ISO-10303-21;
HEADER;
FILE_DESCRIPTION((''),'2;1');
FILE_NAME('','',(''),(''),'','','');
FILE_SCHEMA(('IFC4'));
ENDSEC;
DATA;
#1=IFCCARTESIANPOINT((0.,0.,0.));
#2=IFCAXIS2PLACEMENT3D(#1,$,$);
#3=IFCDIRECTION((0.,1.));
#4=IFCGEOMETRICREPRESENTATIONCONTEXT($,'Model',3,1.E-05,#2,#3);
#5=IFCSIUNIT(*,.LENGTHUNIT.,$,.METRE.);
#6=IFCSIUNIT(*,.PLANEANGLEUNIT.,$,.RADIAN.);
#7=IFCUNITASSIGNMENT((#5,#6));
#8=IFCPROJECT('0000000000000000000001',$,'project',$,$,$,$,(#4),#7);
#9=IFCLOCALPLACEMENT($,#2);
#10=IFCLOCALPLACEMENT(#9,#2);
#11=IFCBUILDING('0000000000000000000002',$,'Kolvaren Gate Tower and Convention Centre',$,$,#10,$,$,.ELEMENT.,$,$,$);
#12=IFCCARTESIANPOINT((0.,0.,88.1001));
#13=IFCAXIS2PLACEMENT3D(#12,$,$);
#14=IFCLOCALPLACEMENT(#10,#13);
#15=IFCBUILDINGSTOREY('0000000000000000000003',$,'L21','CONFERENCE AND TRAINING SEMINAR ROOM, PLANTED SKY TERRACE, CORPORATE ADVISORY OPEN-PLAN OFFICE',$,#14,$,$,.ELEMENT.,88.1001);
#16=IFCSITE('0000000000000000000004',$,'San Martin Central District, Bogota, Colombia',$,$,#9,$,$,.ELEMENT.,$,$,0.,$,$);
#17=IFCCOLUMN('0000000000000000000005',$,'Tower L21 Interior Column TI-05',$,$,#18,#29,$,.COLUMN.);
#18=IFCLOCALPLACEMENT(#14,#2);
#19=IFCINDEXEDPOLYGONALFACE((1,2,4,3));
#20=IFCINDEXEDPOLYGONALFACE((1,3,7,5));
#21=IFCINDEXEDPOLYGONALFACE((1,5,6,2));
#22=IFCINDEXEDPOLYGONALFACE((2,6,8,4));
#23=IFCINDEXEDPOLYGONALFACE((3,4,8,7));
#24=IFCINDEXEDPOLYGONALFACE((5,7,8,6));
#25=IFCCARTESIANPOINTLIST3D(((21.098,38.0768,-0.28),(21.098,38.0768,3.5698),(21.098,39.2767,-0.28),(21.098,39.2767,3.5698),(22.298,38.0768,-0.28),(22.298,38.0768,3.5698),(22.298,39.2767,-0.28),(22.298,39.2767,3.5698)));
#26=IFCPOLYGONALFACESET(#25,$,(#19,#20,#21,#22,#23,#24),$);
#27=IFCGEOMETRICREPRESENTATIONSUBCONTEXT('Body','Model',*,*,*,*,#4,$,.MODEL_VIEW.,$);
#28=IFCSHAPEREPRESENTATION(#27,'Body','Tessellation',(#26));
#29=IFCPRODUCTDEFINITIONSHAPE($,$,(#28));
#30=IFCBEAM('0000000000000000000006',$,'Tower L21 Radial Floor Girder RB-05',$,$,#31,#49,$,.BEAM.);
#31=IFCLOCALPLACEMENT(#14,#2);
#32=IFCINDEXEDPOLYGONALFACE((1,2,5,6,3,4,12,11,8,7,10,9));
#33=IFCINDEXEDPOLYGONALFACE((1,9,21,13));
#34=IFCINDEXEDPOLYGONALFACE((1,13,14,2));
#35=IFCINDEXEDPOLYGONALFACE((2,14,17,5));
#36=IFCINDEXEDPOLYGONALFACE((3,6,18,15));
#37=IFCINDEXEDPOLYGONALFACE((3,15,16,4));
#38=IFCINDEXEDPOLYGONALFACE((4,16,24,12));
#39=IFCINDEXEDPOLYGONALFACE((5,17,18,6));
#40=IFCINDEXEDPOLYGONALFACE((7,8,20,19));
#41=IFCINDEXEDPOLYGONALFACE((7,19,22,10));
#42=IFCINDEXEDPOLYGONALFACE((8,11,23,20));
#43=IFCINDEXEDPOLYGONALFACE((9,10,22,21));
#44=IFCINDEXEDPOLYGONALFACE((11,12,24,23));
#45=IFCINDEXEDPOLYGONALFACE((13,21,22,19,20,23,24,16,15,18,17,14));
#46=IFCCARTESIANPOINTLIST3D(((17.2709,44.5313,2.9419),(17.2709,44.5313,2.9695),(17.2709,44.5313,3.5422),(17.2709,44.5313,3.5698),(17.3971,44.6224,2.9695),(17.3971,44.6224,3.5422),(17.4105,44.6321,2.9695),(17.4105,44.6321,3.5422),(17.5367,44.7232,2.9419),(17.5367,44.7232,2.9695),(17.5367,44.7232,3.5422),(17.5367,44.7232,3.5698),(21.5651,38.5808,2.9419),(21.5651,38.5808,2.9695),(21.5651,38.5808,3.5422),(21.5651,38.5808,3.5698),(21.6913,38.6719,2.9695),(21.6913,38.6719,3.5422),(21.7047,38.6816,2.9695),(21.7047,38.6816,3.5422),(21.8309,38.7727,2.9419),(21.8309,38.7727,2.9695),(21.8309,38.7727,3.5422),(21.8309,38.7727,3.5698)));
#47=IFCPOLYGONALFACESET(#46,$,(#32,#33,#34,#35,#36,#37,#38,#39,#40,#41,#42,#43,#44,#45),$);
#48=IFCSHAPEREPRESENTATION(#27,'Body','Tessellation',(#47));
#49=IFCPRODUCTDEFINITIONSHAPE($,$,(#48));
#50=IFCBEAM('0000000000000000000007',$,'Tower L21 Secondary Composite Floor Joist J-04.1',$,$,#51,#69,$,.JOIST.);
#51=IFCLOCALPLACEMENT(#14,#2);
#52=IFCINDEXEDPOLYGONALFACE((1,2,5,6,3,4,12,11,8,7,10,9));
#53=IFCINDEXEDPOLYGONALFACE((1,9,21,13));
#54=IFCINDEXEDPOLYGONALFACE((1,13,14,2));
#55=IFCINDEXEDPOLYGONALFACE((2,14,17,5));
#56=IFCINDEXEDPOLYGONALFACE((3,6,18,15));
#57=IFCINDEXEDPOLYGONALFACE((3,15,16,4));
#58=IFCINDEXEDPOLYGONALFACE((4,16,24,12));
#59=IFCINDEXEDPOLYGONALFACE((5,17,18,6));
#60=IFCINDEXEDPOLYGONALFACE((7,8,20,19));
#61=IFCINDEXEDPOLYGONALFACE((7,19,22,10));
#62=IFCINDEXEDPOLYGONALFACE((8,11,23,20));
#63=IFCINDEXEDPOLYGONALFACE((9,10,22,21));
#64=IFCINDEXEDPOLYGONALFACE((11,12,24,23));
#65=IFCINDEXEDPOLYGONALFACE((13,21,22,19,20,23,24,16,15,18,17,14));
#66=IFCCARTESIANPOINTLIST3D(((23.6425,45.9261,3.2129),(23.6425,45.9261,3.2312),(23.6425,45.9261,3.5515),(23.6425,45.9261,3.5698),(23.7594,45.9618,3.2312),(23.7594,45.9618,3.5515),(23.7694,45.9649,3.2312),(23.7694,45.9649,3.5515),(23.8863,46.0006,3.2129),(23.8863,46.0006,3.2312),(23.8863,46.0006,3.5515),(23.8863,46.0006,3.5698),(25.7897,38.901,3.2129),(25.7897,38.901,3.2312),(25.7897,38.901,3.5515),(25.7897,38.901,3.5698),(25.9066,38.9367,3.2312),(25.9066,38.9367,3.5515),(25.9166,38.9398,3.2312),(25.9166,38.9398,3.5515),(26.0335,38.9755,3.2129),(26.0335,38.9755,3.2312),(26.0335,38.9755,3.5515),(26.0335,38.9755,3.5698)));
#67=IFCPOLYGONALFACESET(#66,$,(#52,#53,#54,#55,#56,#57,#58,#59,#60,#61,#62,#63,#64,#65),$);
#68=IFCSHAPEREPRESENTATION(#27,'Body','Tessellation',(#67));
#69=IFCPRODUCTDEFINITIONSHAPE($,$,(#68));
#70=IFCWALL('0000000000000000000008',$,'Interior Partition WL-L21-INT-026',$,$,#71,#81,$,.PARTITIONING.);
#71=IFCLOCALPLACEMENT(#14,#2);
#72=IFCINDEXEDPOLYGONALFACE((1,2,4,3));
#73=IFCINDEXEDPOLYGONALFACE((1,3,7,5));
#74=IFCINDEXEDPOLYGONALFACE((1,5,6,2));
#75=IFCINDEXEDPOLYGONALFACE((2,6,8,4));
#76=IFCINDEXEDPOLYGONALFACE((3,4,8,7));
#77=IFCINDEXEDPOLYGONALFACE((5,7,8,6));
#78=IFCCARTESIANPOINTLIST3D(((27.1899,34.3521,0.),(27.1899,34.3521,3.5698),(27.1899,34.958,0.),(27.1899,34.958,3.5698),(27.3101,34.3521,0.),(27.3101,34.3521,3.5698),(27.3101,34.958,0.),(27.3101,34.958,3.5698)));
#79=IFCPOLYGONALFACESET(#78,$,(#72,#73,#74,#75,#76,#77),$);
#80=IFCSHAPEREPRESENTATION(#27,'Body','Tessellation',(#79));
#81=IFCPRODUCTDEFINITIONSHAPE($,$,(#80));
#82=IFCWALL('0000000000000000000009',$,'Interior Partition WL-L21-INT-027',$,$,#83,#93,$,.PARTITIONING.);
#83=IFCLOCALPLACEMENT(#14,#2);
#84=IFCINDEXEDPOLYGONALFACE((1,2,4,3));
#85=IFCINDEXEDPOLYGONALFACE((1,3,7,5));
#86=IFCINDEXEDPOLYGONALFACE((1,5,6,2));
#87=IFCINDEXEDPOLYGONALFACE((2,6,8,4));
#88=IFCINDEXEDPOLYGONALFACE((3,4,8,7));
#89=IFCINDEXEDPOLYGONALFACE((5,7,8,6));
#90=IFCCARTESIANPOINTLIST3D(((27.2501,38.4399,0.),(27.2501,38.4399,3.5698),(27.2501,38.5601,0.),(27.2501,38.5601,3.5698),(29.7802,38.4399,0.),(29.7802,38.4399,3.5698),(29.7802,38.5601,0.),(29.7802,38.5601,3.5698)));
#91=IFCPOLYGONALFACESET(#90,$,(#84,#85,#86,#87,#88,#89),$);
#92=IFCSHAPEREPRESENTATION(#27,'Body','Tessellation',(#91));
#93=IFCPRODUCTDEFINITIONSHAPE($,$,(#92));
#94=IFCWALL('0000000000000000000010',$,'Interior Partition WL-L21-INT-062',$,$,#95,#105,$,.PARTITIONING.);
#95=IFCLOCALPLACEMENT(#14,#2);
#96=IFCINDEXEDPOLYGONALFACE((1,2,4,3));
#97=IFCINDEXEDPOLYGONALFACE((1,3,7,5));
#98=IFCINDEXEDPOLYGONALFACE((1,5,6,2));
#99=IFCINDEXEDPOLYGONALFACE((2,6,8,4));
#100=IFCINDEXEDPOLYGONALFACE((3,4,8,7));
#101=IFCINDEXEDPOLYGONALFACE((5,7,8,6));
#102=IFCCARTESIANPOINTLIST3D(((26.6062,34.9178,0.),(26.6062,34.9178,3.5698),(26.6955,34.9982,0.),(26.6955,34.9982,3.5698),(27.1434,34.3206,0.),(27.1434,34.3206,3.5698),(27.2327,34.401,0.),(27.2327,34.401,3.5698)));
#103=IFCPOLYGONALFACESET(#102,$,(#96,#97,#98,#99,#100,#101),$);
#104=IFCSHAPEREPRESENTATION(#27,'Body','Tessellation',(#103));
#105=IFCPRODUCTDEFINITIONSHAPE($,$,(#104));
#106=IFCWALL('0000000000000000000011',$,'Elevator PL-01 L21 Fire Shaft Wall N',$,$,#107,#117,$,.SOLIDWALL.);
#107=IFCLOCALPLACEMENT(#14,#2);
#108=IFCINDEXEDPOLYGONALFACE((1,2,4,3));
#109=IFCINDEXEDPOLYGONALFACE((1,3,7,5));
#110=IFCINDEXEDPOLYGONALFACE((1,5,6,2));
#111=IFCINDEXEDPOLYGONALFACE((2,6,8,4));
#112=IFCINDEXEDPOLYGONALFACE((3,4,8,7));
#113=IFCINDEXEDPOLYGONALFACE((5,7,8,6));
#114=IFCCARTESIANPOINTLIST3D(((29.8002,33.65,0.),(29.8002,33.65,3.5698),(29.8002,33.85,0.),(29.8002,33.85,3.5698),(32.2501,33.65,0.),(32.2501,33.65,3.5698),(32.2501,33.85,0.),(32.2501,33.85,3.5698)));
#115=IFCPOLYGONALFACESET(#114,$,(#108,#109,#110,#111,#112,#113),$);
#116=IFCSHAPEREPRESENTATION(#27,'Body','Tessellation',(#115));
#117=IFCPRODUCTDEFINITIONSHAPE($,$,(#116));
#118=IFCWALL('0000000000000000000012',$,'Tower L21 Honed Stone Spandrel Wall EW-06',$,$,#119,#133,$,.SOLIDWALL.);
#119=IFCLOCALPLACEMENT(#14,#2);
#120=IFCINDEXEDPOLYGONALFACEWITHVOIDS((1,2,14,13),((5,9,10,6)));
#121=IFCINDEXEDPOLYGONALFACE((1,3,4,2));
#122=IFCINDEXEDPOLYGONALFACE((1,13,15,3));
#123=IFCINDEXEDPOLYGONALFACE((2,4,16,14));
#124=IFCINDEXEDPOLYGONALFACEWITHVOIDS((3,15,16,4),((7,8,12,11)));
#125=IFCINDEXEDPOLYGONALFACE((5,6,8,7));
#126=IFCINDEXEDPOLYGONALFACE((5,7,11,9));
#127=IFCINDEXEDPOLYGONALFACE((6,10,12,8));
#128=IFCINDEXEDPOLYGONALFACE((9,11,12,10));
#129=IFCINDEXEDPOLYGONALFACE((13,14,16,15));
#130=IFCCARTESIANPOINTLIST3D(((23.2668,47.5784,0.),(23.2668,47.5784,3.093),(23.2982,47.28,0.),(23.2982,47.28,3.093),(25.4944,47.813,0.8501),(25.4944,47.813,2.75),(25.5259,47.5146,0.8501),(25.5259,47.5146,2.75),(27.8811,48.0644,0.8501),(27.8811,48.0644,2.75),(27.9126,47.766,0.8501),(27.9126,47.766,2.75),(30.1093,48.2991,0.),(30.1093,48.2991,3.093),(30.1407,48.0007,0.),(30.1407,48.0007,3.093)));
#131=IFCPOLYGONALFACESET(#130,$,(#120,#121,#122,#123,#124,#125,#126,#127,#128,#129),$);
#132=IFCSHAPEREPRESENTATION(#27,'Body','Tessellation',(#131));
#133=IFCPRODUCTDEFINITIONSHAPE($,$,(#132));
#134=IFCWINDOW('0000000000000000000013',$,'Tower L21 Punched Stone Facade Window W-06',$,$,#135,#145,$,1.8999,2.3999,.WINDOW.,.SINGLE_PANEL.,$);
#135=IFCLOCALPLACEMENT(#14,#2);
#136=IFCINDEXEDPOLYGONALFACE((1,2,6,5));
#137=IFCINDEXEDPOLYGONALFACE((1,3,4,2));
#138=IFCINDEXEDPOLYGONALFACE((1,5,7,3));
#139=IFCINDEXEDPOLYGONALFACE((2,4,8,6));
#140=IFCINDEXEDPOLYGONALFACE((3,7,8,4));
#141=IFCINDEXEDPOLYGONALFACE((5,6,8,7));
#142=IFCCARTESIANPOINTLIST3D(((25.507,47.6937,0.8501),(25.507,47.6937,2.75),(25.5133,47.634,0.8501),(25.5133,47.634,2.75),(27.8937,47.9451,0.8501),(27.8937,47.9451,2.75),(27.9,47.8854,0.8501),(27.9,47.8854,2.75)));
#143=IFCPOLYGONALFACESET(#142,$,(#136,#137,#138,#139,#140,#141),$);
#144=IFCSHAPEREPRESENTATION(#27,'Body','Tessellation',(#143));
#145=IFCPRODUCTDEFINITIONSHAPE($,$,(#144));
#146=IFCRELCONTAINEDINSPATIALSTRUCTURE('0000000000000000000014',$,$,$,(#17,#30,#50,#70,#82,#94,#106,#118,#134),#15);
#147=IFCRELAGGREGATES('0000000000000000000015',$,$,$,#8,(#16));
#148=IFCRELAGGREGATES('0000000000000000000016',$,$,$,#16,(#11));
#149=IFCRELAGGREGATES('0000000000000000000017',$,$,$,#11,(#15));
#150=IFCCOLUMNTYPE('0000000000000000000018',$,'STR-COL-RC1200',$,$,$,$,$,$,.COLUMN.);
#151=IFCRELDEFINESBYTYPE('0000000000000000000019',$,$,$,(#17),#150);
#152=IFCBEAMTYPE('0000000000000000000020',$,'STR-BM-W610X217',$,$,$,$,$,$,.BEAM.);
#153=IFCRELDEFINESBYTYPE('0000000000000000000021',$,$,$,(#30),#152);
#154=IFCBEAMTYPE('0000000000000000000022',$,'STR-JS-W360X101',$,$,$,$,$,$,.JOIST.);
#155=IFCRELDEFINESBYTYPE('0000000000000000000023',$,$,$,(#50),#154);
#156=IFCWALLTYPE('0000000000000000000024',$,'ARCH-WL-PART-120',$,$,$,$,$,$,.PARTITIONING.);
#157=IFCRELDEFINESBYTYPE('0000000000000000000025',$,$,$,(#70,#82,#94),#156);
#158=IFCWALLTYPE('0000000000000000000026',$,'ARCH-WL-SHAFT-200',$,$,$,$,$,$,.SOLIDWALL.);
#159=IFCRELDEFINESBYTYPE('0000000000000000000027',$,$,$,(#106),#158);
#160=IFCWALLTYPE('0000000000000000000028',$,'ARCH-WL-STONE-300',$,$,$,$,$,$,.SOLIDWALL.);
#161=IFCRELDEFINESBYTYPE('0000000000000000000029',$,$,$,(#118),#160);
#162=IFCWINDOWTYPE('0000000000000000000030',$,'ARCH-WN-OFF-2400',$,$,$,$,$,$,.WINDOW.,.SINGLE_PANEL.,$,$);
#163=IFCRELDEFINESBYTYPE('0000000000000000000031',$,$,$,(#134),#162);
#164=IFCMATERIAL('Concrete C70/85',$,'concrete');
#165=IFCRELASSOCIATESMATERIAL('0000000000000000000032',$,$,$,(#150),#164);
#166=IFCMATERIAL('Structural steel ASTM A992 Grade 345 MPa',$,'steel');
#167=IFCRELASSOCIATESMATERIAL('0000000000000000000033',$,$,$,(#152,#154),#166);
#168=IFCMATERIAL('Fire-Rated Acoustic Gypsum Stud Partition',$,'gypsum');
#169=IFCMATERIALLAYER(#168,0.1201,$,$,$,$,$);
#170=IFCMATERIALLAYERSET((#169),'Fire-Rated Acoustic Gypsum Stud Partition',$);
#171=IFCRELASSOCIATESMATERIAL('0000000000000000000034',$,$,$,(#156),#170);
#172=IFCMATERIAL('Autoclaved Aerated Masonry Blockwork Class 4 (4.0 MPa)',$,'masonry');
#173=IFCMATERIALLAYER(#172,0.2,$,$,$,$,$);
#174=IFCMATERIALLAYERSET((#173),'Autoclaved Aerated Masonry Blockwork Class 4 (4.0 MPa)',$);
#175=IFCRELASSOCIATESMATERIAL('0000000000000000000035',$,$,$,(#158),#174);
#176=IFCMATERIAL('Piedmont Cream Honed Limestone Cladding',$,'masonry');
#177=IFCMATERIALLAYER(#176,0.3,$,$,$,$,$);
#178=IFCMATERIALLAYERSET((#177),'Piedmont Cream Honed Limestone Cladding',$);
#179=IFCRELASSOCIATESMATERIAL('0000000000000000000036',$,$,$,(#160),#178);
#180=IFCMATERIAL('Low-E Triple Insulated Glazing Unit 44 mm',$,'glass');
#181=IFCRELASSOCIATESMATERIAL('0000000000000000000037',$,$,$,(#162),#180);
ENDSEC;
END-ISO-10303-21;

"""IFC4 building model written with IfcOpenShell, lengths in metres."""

from ifc_helpers import new_model, si_unit, direction, frame, frame_2d, origin, origin_2d, place, context, subcontext, project, spatial, rectangle, i_section, extrude, material, layer, layer_set, material_profile, profile_set, type_object, element, fill, save


model = new_model("IFC4")

# Units and contexts
model_context = context("Model", 3, precision=1e-05, world=origin(), true_north=direction((0.0, 1.0)))
body_context = subcontext(model_context, "Body", "Model", "MODEL_VIEW")
ifc_project = project(units=[si_unit("LENGTHUNIT", "METRE"), si_unit("PLANEANGLEUNIT", "RADIAN")], contexts=[model_context])

# Site, building, storey
site_placement = place(None, origin())
site = spatial("IfcSite", under=ifc_project, at=site_placement, Name="San Martin Central District, Bogota, Colombia", CompositionType="ELEMENT", RefElevation=0.0)
building_placement = place(site_placement, origin())
building = spatial("IfcBuilding", under=site, at=building_placement, Name="Kolvaren Gate Tower and Convention Centre", CompositionType="ELEMENT")
storey_placement = place(building_placement, frame((0.0, 0.0, 88.1001)))
storey = spatial("IfcBuildingStorey", under=building, at=storey_placement, Name="L21", Description="CONFERENCE AND TRAINING SEMINAR ROOM, PLANTED SKY TERRACE, CORPORATE ADVISORY OPEN-PLAN OFFICE", CompositionType="ELEMENT", Elevation=88.1001)

# Column
ifc_material_1 = material(Name="Concrete C70/85", Category="concrete")
ifc_material_profile_1 = material_profile(ifc_material_1, rectangle(XDim=1.2, YDim=1.2, at=origin_2d()), Name="RC-COL-1200X1200")
ifc_profile_set_1 = profile_set([ifc_material_profile_1], Name="Concrete C70/85")
column_type = type_object("IfcColumnType", Name="STR-COL-RC1200", PredefinedType="COLUMN", material=ifc_profile_set_1)
column_placement = place(storey_placement, frame((21.698, 38.6768, -0.28), z_axis=(0.0, 0.0, 1.0), x_axis=(1.0, 0.0, 0.0)))
element("IfcColumn", 1, at=column_placement, inside=storey, type_object=column_type, Name="Tower L21 Interior Column TI-05", PredefinedType="COLUMN", context=body_context, shape_type="SweptSolid", body=[
    extrude(rectangle(XDim=1.2, YDim=1.2, at=origin_2d()), origin(), (0.0, 0.0, 1.0), 3.8499),
])

# Beams
ifc_material_2 = material(Name="Structural steel ASTM A992 Grade 345 MPa", Category="steel")
ifc_material_profile_2 = material_profile(ifc_material_2, i_section(OverallWidth=0.3279, OverallDepth=0.6279, WebThickness=0.0166, FlangeThickness=0.0276, at=origin_2d()), Name="W610X217")
ifc_profile_set_2 = profile_set([ifc_material_profile_2], Name="Structural steel ASTM A992 Grade 345 MPa")
beam_type_1 = type_object("IfcBeamType", Name="STR-BM-W610X217", PredefinedType="BEAM", material=ifc_profile_set_2)
beam_1_placement = place(storey_placement, frame((21.698, 38.6768, 3.2559), z_axis=(-0.58519, 0.810896, 0.0), x_axis=(-0.810896, -0.58519, 0.0)))
element("IfcBeam", 2, at=beam_1_placement, inside=storey, type_object=beam_type_1, Name="Tower L21 Radial Floor Girder RB-05", PredefinedType="BEAM", context=body_context, shape_type="SweptSolid", body=[
    extrude(i_section(OverallWidth=0.3279, OverallDepth=0.6279, WebThickness=0.0166, FlangeThickness=0.0276, at=origin_2d()), origin(), (0.0, 0.0, 1.0), 7.3381),
])
ifc_material_profile_3 = material_profile(ifc_material_2, i_section(OverallWidth=0.2549, OverallDepth=0.3569, WebThickness=0.0105, FlangeThickness=0.0183, at=origin_2d()), Name="W360X101")
ifc_profile_set_3 = profile_set([ifc_material_profile_3], Name="Structural steel ASTM A992 Grade 345 MPa")
beam_type_2 = type_object("IfcBeamType", Name="STR-JS-W360X101", PredefinedType="JOIST", material=ifc_profile_set_3)
beam_2_placement = place(storey_placement, frame((25.9116, 38.9382, 3.3914), z_axis=(-0.292299, 0.956327, 0.0), x_axis=(-0.956327, -0.292299, 0.0)))
element("IfcBeam", 3, at=beam_2_placement, inside=storey, type_object=beam_type_2, Name="Tower L21 Secondary Composite Floor Joist J-04.1", PredefinedType="JOIST", context=body_context, shape_type="SweptSolid", body=[
    extrude(i_section(OverallWidth=0.2549, OverallDepth=0.3569, WebThickness=0.0105, FlangeThickness=0.0183, at=origin_2d()), origin(), (0.0, 0.0, 1.0), 7.3459),
])

# Walls
ifc_material_3 = material(Name="Fire-Rated Acoustic Gypsum Stud Partition", Category="gypsum")
ifc_layer_1 = layer(ifc_material_3, 0.1201)
ifc_layer_set_1 = layer_set([ifc_layer_1], Name="Fire-Rated Acoustic Gypsum Stud Partition")
wall_type_1 = type_object("IfcWallType", Name="ARCH-WL-PART-120", PredefinedType="PARTITIONING", material=ifc_layer_set_1)
wall_1_placement = place(storey_placement, frame((27.25, 34.3521, 0.0), z_axis=(0.0, 0.0, 1.0), x_axis=(0.0, 1.0, 0.0)))
element("IfcWall", 4, at=wall_1_placement, inside=storey, type_object=wall_type_1, Name="Interior Partition WL-L21-INT-026", PredefinedType="PARTITIONING", context=body_context, shape_type="SweptSolid", body=[
    extrude(rectangle(XDim=0.606, YDim=0.1201, at=frame_2d((0.303, 0.0))), origin(), (0.0, 0.0, 1.0), 3.5698),
])
wall_2_placement = place(storey_placement, frame((27.25, 38.5, 0.0), z_axis=(0.0, 0.0, 1.0), x_axis=(1.0, 0.0, 0.0)))
element("IfcWall", 5, at=wall_2_placement, inside=storey, type_object=wall_type_1, Name="Interior Partition WL-L21-INT-027", PredefinedType="PARTITIONING", context=body_context, shape_type="SweptSolid", body=[
    extrude(rectangle(XDim=2.53, YDim=0.1201, at=frame_2d((1.2651, 0.0))), origin(), (0.0, 0.0, 1.0), 3.5698),
])
wall_3_placement = place(storey_placement, frame((26.6509, 34.958, 0.0), z_axis=(0.0, 0.0, 1.0), x_axis=(0.66873, -0.743506, 0.0)))
element("IfcWall", 6, at=wall_3_placement, inside=storey, type_object=wall_type_1, Name="Interior Partition WL-L21-INT-062", PredefinedType="PARTITIONING", context=body_context, shape_type="SweptSolid", body=[
    extrude(rectangle(XDim=0.8032, YDim=0.1201, at=frame_2d((0.4016, 0.0))), origin(), (0.0, 0.0, 1.0), 3.5698),
])
ifc_material_4 = material(Name="Autoclaved Aerated Masonry Blockwork Class 4 (4.0 MPa)", Category="masonry")
ifc_layer_2 = layer(ifc_material_4, 0.2)
ifc_layer_set_2 = layer_set([ifc_layer_2], Name="Autoclaved Aerated Masonry Blockwork Class 4 (4.0 MPa)")
wall_type_2 = type_object("IfcWallType", Name="ARCH-WL-SHAFT-200", PredefinedType="SOLIDWALL", material=ifc_layer_set_2)
wall_4_placement = place(storey_placement, frame((29.8, 33.75, 0.0), z_axis=(0.0, 0.0, 1.0), x_axis=(1.0, 0.0, 0.0)))
element("IfcWall", 7, at=wall_4_placement, inside=storey, type_object=wall_type_2, Name="Elevator PL-01 L21 Fire Shaft Wall N", PredefinedType="SOLIDWALL", context=body_context, shape_type="SweptSolid", body=[
    extrude(rectangle(XDim=2.45, YDim=0.2, at=frame_2d((1.2251, 0.0))), origin(), (0.0, 0.0, 1.0), 3.5698),
])

# Wall, opening, window
ifc_material_5 = material(Name="Piedmont Cream Honed Limestone Cladding", Category="masonry")
ifc_layer_3 = layer(ifc_material_5, 0.3)
ifc_layer_set_3 = layer_set([ifc_layer_3], Name="Piedmont Cream Honed Limestone Cladding")
wall_type_3 = type_object("IfcWallType", Name="ARCH-WL-STONE-300", PredefinedType="SOLIDWALL", material=ifc_layer_set_3)
wall_5_placement = place(storey_placement, frame((23.2825, 47.4292, 0.0), z_axis=(0.0, 0.0, 1.0), x_axis=(0.994499, 0.104748, 0.0)))
wall_5 = element("IfcWall", 8, at=wall_5_placement, inside=storey, type_object=wall_type_3, Name="Tower L21 Honed Stone Spandrel Wall EW-06", PredefinedType="SOLIDWALL", context=body_context, shape_type="SweptSolid", body=[
    extrude(rectangle(XDim=6.8804, YDim=0.3, at=frame_2d((3.4402, 0.0))), origin(), (0.0, 0.0, 1.0), 3.093),
])
opening_1_placement = place(wall_5_placement, frame((2.24, 0.0, 0.8501)))
opening_1 = element("IfcOpeningElement", 9, at=opening_1_placement, cuts=wall_5, PredefinedType="OPENING", context=body_context, shape_type="SweptSolid", body=[
    extrude(rectangle(XDim=2.3999, YDim=1.8999, at=frame_2d((1.2, 0.95))), frame((0.0, 0.1599, 0.0), z_axis=(0.0, -1.0, 0.0), x_axis=(1.0, 0.0, 0.0)), (0.0, 0.0, 1.0), 0.3201),
])
ifc_material_6 = material(Name="Low-E Triple Insulated Glazing Unit 44 mm", Category="glass")
window_type = type_object("IfcWindowType", Name="ARCH-WN-OFF-2400", PartitioningType="SINGLE_PANEL", PredefinedType="WINDOW", material=ifc_material_6)
window_placement = place(opening_1_placement, origin())
window = element("IfcWindow", 10, at=window_placement, inside=storey, type_object=window_type, Name="Tower L21 Punched Stone Facade Window W-06", OverallHeight=1.8999, OverallWidth=2.3999, PartitioningType="SINGLE_PANEL", PredefinedType="WINDOW", context=body_context, shape_type="SweptSolid", body=[
    extrude(rectangle(XDim=2.3999, YDim=1.8999, at=frame_2d((1.2, 0.95))), frame((0.0, 0.03, 0.0), z_axis=(0.0, -1.0, 0.0), x_axis=(1.0, 0.0, 0.0)), (0.0, 0.0, 1.0), 0.0601),
])
fill(opening_1, window)

save(model, "model.ifc")
